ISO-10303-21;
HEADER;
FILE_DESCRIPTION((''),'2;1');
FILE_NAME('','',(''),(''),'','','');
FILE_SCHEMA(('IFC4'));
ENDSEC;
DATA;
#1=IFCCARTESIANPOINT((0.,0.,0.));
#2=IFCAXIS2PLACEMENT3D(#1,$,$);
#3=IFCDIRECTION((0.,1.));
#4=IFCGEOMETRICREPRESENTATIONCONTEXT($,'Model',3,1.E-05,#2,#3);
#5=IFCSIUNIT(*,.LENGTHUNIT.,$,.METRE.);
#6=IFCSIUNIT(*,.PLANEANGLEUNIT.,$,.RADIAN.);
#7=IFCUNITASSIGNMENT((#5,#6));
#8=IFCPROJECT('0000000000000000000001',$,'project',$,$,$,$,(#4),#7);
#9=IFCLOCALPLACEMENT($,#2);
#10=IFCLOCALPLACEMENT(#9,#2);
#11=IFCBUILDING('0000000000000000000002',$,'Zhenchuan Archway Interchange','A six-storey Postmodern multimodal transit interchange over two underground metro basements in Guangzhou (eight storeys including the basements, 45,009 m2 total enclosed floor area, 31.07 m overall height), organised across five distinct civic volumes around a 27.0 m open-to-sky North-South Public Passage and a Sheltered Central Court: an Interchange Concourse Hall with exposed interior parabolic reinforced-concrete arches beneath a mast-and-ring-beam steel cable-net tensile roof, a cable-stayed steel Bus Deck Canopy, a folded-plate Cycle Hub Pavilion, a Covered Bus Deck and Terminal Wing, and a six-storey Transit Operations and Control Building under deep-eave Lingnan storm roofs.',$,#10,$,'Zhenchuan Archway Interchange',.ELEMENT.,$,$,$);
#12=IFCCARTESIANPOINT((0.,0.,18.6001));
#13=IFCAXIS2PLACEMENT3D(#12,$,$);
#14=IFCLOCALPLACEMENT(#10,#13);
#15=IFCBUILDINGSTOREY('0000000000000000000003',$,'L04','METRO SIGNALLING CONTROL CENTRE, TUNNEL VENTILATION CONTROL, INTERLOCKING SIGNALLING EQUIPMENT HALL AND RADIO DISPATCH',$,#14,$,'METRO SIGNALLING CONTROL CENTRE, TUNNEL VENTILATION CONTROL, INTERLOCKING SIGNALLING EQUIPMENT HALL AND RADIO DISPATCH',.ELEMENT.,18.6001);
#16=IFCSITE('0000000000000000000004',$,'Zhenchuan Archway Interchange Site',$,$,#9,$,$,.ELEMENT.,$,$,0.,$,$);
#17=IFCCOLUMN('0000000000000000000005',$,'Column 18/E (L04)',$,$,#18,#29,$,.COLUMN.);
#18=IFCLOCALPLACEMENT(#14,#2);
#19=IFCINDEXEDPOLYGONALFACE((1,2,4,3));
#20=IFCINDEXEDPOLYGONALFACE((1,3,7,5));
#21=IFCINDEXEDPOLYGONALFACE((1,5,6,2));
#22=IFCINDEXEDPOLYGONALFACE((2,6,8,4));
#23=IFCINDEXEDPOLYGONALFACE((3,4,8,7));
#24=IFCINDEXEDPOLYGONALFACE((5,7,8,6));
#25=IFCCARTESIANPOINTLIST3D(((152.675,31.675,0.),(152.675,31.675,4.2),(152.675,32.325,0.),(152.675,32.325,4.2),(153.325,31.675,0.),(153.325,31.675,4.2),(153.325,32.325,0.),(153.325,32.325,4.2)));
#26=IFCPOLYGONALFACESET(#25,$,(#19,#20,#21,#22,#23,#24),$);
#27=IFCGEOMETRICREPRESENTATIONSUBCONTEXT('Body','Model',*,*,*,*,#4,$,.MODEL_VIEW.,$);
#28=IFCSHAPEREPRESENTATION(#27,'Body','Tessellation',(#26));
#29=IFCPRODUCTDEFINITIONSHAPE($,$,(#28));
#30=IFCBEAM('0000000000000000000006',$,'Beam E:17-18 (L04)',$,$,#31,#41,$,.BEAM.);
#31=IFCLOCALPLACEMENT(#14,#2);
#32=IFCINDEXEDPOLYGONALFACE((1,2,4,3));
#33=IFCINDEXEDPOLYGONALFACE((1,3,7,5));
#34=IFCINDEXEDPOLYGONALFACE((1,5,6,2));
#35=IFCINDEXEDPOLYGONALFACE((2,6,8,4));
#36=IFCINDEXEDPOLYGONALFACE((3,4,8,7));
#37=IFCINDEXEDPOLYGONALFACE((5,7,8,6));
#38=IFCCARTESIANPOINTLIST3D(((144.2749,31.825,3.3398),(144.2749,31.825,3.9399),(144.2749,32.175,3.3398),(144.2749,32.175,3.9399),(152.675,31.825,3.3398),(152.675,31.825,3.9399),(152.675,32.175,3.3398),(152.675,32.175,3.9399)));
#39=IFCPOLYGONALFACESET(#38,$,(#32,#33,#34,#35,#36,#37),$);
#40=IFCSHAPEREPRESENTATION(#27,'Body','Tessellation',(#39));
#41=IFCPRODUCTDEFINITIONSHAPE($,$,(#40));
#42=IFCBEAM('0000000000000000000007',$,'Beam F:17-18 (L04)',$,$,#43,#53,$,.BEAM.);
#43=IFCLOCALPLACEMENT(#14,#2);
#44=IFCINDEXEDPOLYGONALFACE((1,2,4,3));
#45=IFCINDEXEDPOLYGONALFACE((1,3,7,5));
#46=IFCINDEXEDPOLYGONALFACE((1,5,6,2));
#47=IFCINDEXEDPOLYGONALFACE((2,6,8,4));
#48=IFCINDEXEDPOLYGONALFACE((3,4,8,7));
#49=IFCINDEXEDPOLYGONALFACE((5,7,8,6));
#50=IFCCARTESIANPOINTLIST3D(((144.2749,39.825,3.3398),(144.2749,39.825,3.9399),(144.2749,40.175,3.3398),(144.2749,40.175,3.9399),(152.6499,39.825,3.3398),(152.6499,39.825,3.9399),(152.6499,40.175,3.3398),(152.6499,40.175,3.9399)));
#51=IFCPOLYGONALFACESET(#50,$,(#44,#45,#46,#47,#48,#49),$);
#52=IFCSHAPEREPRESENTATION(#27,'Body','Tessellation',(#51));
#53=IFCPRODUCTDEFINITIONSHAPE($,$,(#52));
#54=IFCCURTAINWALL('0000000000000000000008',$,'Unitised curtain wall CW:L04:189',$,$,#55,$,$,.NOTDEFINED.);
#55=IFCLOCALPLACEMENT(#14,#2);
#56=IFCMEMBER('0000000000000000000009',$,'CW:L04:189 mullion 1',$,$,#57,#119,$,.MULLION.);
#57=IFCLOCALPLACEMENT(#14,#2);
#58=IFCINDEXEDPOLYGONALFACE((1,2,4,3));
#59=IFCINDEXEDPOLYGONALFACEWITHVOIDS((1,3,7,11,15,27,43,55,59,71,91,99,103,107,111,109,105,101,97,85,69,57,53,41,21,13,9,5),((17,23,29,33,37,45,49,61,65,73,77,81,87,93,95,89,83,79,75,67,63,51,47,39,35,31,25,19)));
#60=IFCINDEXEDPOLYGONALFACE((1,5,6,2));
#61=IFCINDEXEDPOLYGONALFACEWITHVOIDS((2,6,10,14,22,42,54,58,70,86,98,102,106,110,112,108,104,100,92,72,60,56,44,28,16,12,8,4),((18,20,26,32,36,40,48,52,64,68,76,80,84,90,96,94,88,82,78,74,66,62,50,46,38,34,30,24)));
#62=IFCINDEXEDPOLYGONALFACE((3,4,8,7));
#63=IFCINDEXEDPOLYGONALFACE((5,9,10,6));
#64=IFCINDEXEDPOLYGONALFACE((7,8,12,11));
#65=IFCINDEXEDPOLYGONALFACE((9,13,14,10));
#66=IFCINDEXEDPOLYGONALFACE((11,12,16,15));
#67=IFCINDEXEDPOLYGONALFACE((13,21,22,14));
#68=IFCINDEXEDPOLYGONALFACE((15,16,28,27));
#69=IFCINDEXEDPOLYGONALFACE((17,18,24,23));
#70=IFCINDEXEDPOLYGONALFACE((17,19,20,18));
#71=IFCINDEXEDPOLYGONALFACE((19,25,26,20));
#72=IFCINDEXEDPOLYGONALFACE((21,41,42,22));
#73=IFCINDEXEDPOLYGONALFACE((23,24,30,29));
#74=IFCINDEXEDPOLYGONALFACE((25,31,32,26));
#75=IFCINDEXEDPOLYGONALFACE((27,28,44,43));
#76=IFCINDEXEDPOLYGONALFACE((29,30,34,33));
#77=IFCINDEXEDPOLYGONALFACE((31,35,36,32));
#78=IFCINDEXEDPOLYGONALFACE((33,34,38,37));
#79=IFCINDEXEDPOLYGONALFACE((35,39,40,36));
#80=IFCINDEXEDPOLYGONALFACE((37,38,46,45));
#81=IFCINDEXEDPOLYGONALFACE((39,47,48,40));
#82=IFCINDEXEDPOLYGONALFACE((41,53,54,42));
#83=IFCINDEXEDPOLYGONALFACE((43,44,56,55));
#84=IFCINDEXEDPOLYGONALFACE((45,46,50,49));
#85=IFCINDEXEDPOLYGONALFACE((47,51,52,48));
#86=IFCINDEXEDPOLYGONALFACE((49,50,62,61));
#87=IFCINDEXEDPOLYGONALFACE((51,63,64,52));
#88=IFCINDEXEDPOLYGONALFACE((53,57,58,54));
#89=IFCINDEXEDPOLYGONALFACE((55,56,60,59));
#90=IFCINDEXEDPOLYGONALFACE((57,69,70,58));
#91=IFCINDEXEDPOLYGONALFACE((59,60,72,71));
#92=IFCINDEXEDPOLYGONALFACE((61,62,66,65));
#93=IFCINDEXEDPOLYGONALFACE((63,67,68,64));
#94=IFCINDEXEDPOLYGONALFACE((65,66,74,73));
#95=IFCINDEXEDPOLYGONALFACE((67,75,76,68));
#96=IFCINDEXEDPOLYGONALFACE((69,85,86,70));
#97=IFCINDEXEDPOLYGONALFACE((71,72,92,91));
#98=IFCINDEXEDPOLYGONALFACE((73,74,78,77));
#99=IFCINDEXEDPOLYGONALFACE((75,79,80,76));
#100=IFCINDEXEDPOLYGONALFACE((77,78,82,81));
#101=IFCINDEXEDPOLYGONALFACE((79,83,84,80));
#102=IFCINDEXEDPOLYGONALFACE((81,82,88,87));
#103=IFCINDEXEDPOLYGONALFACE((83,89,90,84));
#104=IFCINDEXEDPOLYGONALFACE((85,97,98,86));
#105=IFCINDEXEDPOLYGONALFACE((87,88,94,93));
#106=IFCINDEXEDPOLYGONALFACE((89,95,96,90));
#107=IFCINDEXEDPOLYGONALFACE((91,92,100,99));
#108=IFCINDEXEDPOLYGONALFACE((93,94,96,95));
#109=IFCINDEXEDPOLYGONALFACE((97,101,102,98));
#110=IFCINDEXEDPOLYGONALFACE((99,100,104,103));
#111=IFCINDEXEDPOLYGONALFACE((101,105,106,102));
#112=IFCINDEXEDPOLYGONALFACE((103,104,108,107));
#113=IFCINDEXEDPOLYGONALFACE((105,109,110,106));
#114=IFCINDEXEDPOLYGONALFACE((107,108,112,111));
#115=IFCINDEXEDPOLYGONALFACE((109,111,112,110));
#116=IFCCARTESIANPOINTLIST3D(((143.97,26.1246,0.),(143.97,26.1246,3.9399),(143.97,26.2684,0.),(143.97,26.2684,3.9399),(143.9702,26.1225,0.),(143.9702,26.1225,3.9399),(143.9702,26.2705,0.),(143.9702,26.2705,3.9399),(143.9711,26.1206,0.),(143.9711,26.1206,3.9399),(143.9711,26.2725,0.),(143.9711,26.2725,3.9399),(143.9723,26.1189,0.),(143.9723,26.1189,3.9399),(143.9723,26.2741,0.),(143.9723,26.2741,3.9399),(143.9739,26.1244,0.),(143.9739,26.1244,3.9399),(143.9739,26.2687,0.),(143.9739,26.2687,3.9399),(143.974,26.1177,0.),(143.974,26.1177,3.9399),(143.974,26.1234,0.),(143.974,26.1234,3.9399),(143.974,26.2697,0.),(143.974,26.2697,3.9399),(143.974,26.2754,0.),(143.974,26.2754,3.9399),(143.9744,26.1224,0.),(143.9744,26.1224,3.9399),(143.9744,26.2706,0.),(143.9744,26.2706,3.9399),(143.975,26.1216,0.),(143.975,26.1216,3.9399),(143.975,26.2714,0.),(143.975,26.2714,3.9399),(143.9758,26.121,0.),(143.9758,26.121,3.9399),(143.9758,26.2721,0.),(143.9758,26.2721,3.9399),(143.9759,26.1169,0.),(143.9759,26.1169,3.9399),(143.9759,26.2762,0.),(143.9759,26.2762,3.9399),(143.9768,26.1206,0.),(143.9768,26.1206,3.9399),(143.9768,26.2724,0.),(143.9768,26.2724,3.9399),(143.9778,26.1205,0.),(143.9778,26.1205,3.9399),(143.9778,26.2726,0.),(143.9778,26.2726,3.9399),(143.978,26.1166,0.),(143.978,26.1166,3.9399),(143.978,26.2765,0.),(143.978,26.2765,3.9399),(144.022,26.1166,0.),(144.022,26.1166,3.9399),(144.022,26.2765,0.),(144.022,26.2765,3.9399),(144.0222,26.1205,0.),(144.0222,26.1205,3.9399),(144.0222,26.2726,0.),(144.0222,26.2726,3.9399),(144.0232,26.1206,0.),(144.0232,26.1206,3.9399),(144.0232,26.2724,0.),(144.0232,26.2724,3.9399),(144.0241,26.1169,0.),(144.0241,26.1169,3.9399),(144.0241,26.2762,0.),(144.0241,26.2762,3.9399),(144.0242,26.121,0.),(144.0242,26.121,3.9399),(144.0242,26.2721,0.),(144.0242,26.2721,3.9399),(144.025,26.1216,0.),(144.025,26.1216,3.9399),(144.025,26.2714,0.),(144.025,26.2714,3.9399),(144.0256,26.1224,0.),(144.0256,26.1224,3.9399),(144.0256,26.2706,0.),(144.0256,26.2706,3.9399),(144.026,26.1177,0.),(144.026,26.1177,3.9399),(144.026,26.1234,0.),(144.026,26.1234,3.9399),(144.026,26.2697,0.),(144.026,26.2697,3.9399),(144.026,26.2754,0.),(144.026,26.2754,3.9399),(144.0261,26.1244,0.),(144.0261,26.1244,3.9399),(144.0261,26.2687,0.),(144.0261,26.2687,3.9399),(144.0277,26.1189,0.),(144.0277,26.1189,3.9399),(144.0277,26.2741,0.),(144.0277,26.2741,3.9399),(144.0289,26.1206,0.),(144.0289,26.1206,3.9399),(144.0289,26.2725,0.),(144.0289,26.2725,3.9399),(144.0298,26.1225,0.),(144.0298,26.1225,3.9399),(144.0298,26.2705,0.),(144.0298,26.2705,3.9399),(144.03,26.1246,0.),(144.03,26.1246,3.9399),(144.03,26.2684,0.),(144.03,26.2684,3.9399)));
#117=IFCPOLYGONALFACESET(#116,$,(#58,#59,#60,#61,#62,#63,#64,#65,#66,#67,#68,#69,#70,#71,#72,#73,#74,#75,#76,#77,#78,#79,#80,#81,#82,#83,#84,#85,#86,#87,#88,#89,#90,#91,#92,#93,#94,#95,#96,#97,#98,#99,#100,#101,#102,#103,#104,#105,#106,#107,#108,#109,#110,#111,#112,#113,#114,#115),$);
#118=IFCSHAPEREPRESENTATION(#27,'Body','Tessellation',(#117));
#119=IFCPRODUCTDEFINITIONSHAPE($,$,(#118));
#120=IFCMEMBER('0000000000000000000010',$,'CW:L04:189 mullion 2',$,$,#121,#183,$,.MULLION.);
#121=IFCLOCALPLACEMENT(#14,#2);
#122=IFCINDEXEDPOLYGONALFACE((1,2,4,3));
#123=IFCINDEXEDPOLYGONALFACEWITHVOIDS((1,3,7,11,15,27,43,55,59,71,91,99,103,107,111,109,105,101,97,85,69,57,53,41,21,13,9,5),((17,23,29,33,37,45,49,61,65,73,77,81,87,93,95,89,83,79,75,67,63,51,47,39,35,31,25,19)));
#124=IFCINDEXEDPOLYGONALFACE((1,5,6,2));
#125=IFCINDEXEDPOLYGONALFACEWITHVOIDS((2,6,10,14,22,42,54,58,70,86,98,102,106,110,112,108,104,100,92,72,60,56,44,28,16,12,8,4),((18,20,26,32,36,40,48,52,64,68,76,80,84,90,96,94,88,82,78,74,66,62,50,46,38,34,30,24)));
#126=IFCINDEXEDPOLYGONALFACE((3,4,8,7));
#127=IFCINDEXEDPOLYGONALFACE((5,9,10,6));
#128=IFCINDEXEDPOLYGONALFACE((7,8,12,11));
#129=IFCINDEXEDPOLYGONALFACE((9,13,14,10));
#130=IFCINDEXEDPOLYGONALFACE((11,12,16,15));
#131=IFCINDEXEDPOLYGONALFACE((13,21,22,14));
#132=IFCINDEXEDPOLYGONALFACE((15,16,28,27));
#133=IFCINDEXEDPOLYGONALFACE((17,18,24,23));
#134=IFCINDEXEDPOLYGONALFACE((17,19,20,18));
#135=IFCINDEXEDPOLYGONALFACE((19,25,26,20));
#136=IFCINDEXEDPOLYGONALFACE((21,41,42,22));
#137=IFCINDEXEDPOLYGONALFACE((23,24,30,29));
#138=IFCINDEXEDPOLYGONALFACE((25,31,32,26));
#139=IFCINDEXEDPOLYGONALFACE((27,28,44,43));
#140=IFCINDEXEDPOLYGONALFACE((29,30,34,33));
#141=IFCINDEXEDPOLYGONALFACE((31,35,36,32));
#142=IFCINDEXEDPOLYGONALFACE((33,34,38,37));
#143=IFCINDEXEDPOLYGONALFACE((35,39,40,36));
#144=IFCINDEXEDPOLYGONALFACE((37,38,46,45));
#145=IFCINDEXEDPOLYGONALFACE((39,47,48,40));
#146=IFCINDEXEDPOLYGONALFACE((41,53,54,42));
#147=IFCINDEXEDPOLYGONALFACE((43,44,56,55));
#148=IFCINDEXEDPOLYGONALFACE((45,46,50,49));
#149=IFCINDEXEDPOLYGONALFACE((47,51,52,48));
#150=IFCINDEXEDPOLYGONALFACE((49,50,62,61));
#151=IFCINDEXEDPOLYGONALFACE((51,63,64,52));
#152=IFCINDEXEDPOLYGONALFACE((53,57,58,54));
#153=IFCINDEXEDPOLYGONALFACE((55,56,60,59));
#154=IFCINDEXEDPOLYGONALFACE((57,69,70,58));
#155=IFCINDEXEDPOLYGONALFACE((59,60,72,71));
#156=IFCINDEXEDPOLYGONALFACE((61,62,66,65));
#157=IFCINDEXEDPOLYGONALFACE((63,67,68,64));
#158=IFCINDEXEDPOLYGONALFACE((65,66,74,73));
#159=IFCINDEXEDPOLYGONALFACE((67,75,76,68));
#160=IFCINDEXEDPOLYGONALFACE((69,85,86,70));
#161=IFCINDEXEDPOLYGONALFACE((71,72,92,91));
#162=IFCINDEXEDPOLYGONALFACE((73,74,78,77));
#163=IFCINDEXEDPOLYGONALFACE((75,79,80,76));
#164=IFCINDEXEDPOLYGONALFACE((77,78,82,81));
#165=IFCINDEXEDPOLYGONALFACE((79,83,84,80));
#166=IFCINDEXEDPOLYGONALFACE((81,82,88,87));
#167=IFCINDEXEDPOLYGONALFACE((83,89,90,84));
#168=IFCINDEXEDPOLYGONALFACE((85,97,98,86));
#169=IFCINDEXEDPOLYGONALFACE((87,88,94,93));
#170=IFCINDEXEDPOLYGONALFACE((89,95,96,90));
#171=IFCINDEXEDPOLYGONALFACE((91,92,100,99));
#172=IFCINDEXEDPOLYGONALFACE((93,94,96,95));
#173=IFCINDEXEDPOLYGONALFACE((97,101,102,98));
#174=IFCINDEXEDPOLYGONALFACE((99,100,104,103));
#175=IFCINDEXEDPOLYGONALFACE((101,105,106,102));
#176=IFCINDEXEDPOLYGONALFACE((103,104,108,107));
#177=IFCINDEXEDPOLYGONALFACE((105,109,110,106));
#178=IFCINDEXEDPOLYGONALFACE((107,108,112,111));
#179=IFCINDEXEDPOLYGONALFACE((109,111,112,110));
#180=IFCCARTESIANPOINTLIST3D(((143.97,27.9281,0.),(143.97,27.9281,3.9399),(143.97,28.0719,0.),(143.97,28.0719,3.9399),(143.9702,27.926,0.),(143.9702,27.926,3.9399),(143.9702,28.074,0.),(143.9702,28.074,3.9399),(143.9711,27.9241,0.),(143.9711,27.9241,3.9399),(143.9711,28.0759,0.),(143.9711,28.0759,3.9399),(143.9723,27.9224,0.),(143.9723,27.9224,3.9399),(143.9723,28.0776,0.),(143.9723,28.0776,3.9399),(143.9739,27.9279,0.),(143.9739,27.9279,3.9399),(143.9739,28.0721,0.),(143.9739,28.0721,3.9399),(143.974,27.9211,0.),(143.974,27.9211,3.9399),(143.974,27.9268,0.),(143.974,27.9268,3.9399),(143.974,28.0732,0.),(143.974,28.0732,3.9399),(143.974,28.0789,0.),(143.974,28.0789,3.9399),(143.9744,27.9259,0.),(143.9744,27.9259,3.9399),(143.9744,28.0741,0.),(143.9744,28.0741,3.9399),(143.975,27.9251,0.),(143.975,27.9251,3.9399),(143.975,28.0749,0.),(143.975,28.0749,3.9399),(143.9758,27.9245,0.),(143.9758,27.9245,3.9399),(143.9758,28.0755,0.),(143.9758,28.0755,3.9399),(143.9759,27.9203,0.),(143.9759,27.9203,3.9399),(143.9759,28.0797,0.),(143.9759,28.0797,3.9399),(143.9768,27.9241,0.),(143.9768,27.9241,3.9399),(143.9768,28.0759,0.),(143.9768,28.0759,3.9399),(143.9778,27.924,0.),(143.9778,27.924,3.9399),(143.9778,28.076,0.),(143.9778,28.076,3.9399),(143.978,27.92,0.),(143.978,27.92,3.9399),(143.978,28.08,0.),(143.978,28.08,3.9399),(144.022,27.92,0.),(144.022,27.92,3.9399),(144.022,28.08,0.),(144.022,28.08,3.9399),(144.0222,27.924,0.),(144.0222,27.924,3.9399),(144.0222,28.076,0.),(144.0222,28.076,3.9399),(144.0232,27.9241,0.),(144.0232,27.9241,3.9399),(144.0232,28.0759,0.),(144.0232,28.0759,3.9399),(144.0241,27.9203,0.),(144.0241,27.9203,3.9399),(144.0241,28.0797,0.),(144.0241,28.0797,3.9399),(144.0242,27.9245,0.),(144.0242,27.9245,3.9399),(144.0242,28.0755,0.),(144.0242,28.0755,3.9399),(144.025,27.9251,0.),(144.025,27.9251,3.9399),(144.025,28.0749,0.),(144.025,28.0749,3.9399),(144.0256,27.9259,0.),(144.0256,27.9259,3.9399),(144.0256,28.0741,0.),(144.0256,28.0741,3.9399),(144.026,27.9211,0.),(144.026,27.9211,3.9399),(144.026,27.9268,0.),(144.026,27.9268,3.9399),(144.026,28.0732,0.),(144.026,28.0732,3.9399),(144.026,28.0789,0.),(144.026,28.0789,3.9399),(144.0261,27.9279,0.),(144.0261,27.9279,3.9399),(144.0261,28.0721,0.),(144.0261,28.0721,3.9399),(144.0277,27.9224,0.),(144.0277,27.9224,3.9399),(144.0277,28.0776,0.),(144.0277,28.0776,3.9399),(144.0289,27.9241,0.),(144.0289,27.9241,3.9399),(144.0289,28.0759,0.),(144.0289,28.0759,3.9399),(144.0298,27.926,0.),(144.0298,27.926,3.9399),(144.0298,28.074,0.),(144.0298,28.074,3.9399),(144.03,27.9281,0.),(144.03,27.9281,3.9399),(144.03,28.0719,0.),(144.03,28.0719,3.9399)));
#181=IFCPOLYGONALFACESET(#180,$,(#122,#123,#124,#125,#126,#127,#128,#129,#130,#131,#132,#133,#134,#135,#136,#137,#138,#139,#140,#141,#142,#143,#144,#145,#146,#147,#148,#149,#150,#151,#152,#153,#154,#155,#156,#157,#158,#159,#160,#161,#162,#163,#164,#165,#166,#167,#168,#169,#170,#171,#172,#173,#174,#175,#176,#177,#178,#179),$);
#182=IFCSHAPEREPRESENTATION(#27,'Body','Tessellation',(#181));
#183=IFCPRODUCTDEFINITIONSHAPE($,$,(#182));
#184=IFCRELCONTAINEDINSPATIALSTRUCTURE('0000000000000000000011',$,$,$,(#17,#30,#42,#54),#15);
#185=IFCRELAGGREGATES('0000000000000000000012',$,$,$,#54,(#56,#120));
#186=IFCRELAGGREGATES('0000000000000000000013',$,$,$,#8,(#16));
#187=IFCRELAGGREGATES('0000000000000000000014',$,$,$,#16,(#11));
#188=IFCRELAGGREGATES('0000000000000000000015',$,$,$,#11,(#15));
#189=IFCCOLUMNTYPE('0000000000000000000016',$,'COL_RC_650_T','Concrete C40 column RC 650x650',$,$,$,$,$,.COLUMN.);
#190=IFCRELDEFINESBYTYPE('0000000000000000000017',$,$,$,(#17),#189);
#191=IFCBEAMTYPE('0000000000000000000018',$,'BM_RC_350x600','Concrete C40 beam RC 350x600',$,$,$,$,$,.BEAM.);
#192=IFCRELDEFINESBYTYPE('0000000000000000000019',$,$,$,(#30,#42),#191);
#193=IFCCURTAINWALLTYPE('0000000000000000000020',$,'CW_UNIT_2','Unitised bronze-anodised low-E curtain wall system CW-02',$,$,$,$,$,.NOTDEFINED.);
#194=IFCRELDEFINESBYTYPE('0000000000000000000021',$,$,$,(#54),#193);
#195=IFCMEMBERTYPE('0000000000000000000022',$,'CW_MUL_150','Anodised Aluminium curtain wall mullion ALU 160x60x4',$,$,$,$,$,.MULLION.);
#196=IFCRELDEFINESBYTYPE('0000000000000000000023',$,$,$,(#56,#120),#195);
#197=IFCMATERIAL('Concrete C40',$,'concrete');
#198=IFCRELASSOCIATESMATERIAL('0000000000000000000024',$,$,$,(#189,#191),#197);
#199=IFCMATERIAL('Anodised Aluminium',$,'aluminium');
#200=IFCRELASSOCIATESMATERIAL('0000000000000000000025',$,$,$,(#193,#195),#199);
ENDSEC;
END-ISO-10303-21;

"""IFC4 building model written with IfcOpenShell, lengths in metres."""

from ifc_helpers import new_model, si_unit, direction, frame, origin, origin_2d, place, context, subcontext, project, spatial, rectangle, hollow_rectangle, extrude, material, material_profile, profile_set, type_object, element, aggregate, save


model = new_model("IFC4")

# Units and contexts
model_context = context("Model", 3, precision=1e-05, world=origin(), true_north=direction((0.0, 1.0)))
body_context = subcontext(model_context, "Body", "Model", "MODEL_VIEW")
ifc_project = project(units=[si_unit("LENGTHUNIT", "METRE"), si_unit("PLANEANGLEUNIT", "RADIAN")], contexts=[model_context])

# Site, building, storey
site_placement = place(None, origin())
site = spatial("IfcSite", under=ifc_project, at=site_placement, Name="Zhenchuan Archway Interchange Site", CompositionType="ELEMENT", RefElevation=0.0)
building_placement = place(site_placement, origin())
building = spatial("IfcBuilding", under=site, at=building_placement, Name="Zhenchuan Archway Interchange", Description="A six-storey Postmodern multimodal transit interchange over two underground metro basements in Guangzhou (eight storeys including the basements, 45,009 m2 total enclosed floor area, 31.07 m overall height), organised across five distinct civic volumes around a 27.0 m open-to-sky North-South Public Passage and a Sheltered Central Court: an Interchange Concourse Hall with exposed interior parabolic reinforced-concrete arches beneath a mast-and-ring-beam steel cable-net tensile roof, a cable-stayed steel Bus Deck Canopy, a folded-plate Cycle Hub Pavilion, a Covered Bus Deck and Terminal Wing, and a six-storey Transit Operations and Control Building under deep-eave Lingnan storm roofs.", LongName="Zhenchuan Archway Interchange", CompositionType="ELEMENT")
storey_placement = place(building_placement, frame((0.0, 0.0, 18.6001)))
storey = spatial("IfcBuildingStorey", under=building, at=storey_placement, Name="L04", Description="METRO SIGNALLING CONTROL CENTRE, TUNNEL VENTILATION CONTROL, INTERLOCKING SIGNALLING EQUIPMENT HALL AND RADIO DISPATCH", LongName="METRO SIGNALLING CONTROL CENTRE, TUNNEL VENTILATION CONTROL, INTERLOCKING SIGNALLING EQUIPMENT HALL AND RADIO DISPATCH", CompositionType="ELEMENT", Elevation=18.6001)

# Column
ifc_material_1 = material(Name="Concrete C40", Category="concrete")
ifc_material_profile_1 = material_profile(ifc_material_1, rectangle(XDim=0.6499, YDim=0.6499, at=origin_2d()), Name="RC 650x650")
ifc_profile_set_1 = profile_set([ifc_material_profile_1], Name="Concrete C40")
column_type = type_object("IfcColumnType", Name="COL_RC_650_T", Description="Concrete C40 column RC 650x650", PredefinedType="COLUMN", material=ifc_profile_set_1)
column_placement = place(storey_placement, frame((153.0, 32.0, 0.0), z_axis=(0.0, 0.0, 1.0), x_axis=(1.0, 0.0, 0.0)))
element("IfcColumn", 1, at=column_placement, inside=storey, type_object=column_type, Name="Column 18/E (L04)", PredefinedType="COLUMN", context=body_context, shape_type="SweptSolid", body=[
    extrude(rectangle(XDim=0.6499, YDim=0.6499, at=origin_2d()), origin(), (0.0, 0.0, 1.0), 4.2),
])

# Beams
ifc_material_profile_2 = material_profile(ifc_material_1, rectangle(XDim=0.3501, YDim=0.6001, at=origin_2d()), Name="RC 350x600")
ifc_profile_set_2 = profile_set([ifc_material_profile_2], Name="Concrete C40")
beam_type_1 = type_object("IfcBeamType", Name="BM_RC_350x600", Description="Concrete C40 beam RC 350x600", PredefinedType="BEAM", material=ifc_profile_set_2)
beam_1_placement = place(storey_placement, frame((144.2749, 32.0, 3.6399), z_axis=(1.0, 0.0, 0.0), x_axis=(0.0, 1.0, 0.0)))
element("IfcBeam", 2, at=beam_1_placement, inside=storey, type_object=beam_type_1, Name="Beam E:17-18 (L04)", PredefinedType="BEAM", context=body_context, shape_type="SweptSolid", body=[
    extrude(rectangle(XDim=0.3501, YDim=0.6001, at=origin_2d()), origin(), (0.0, 0.0, 1.0), 8.4001),
])
beam_2_placement = place(storey_placement, frame((144.2749, 40.0, 3.6399), z_axis=(1.0, 0.0, 0.0), x_axis=(0.0, 1.0, 0.0)))
element("IfcBeam", 3, at=beam_2_placement, inside=storey, type_object=beam_type_1, Name="Beam F:17-18 (L04)", PredefinedType="BEAM", context=body_context, shape_type="SweptSolid", body=[
    extrude(rectangle(XDim=0.3501, YDim=0.6001, at=origin_2d()), origin(), (0.0, 0.0, 1.0), 8.375),
])

# Curtain wall, members
ifc_material_2 = material(Name="Anodised Aluminium", Category="aluminium")
curtain_wall_type = type_object("IfcCurtainWallType", Name="CW_UNIT_2", Description="Unitised bronze-anodised low-E curtain wall system CW-02", PredefinedType="NOTDEFINED", material=ifc_material_2)
curtain_wall_placement = place(storey_placement, origin())
curtain_wall = element("IfcCurtainWall", 4, at=curtain_wall_placement, inside=storey, type_object=curtain_wall_type, Name="Unitised curtain wall CW:L04:189", PredefinedType="NOTDEFINED")
ifc_material_profile_3 = material_profile(ifc_material_2, hollow_rectangle(XDim=0.0601, YDim=0.1599, WallThickness=0.0039, InnerFilletRadius=0.0039, OuterFilletRadius=0.0081, at=origin_2d()), Name="ALU 160x60x4")
ifc_profile_set_3 = profile_set([ifc_material_profile_3], Name="Anodised Aluminium")
member_type_1 = type_object("IfcMemberType", Name="CW_MUL_150", Description="Anodised Aluminium curtain wall mullion ALU 160x60x4", PredefinedType="MULLION", material=ifc_profile_set_3)
member_1_placement = place(storey_placement, frame((144.0, 26.1965, 0.0), z_axis=(0.0, 0.0, 1.0), x_axis=(1.0, 0.0, 0.0)))
member_1 = element("IfcMember", 5, at=member_1_placement, type_object=member_type_1, Name="CW:L04:189 mullion 1", PredefinedType="MULLION", context=body_context, shape_type="SweptSolid", body=[
    extrude(hollow_rectangle(XDim=0.0601, YDim=0.1599, WallThickness=0.0039, InnerFilletRadius=0.0039, OuterFilletRadius=0.0081, at=origin_2d()), origin(), (0.0, 0.0, 1.0), 3.9399),
])
member_2_placement = place(storey_placement, frame((144.0, 28.0, 0.0), z_axis=(0.0, 0.0, 1.0), x_axis=(1.0, 0.0, 0.0)))
member_2 = element("IfcMember", 6, at=member_2_placement, type_object=member_type_1, Name="CW:L04:189 mullion 2", PredefinedType="MULLION", context=body_context, shape_type="SweptSolid", body=[
    extrude(hollow_rectangle(XDim=0.0601, YDim=0.1599, WallThickness=0.0039, InnerFilletRadius=0.0039, OuterFilletRadius=0.0081, at=origin_2d()), origin(), (0.0, 0.0, 1.0), 3.9399),
])

aggregate(curtain_wall, [member_1, member_2])

save(model, "model.ifc")
